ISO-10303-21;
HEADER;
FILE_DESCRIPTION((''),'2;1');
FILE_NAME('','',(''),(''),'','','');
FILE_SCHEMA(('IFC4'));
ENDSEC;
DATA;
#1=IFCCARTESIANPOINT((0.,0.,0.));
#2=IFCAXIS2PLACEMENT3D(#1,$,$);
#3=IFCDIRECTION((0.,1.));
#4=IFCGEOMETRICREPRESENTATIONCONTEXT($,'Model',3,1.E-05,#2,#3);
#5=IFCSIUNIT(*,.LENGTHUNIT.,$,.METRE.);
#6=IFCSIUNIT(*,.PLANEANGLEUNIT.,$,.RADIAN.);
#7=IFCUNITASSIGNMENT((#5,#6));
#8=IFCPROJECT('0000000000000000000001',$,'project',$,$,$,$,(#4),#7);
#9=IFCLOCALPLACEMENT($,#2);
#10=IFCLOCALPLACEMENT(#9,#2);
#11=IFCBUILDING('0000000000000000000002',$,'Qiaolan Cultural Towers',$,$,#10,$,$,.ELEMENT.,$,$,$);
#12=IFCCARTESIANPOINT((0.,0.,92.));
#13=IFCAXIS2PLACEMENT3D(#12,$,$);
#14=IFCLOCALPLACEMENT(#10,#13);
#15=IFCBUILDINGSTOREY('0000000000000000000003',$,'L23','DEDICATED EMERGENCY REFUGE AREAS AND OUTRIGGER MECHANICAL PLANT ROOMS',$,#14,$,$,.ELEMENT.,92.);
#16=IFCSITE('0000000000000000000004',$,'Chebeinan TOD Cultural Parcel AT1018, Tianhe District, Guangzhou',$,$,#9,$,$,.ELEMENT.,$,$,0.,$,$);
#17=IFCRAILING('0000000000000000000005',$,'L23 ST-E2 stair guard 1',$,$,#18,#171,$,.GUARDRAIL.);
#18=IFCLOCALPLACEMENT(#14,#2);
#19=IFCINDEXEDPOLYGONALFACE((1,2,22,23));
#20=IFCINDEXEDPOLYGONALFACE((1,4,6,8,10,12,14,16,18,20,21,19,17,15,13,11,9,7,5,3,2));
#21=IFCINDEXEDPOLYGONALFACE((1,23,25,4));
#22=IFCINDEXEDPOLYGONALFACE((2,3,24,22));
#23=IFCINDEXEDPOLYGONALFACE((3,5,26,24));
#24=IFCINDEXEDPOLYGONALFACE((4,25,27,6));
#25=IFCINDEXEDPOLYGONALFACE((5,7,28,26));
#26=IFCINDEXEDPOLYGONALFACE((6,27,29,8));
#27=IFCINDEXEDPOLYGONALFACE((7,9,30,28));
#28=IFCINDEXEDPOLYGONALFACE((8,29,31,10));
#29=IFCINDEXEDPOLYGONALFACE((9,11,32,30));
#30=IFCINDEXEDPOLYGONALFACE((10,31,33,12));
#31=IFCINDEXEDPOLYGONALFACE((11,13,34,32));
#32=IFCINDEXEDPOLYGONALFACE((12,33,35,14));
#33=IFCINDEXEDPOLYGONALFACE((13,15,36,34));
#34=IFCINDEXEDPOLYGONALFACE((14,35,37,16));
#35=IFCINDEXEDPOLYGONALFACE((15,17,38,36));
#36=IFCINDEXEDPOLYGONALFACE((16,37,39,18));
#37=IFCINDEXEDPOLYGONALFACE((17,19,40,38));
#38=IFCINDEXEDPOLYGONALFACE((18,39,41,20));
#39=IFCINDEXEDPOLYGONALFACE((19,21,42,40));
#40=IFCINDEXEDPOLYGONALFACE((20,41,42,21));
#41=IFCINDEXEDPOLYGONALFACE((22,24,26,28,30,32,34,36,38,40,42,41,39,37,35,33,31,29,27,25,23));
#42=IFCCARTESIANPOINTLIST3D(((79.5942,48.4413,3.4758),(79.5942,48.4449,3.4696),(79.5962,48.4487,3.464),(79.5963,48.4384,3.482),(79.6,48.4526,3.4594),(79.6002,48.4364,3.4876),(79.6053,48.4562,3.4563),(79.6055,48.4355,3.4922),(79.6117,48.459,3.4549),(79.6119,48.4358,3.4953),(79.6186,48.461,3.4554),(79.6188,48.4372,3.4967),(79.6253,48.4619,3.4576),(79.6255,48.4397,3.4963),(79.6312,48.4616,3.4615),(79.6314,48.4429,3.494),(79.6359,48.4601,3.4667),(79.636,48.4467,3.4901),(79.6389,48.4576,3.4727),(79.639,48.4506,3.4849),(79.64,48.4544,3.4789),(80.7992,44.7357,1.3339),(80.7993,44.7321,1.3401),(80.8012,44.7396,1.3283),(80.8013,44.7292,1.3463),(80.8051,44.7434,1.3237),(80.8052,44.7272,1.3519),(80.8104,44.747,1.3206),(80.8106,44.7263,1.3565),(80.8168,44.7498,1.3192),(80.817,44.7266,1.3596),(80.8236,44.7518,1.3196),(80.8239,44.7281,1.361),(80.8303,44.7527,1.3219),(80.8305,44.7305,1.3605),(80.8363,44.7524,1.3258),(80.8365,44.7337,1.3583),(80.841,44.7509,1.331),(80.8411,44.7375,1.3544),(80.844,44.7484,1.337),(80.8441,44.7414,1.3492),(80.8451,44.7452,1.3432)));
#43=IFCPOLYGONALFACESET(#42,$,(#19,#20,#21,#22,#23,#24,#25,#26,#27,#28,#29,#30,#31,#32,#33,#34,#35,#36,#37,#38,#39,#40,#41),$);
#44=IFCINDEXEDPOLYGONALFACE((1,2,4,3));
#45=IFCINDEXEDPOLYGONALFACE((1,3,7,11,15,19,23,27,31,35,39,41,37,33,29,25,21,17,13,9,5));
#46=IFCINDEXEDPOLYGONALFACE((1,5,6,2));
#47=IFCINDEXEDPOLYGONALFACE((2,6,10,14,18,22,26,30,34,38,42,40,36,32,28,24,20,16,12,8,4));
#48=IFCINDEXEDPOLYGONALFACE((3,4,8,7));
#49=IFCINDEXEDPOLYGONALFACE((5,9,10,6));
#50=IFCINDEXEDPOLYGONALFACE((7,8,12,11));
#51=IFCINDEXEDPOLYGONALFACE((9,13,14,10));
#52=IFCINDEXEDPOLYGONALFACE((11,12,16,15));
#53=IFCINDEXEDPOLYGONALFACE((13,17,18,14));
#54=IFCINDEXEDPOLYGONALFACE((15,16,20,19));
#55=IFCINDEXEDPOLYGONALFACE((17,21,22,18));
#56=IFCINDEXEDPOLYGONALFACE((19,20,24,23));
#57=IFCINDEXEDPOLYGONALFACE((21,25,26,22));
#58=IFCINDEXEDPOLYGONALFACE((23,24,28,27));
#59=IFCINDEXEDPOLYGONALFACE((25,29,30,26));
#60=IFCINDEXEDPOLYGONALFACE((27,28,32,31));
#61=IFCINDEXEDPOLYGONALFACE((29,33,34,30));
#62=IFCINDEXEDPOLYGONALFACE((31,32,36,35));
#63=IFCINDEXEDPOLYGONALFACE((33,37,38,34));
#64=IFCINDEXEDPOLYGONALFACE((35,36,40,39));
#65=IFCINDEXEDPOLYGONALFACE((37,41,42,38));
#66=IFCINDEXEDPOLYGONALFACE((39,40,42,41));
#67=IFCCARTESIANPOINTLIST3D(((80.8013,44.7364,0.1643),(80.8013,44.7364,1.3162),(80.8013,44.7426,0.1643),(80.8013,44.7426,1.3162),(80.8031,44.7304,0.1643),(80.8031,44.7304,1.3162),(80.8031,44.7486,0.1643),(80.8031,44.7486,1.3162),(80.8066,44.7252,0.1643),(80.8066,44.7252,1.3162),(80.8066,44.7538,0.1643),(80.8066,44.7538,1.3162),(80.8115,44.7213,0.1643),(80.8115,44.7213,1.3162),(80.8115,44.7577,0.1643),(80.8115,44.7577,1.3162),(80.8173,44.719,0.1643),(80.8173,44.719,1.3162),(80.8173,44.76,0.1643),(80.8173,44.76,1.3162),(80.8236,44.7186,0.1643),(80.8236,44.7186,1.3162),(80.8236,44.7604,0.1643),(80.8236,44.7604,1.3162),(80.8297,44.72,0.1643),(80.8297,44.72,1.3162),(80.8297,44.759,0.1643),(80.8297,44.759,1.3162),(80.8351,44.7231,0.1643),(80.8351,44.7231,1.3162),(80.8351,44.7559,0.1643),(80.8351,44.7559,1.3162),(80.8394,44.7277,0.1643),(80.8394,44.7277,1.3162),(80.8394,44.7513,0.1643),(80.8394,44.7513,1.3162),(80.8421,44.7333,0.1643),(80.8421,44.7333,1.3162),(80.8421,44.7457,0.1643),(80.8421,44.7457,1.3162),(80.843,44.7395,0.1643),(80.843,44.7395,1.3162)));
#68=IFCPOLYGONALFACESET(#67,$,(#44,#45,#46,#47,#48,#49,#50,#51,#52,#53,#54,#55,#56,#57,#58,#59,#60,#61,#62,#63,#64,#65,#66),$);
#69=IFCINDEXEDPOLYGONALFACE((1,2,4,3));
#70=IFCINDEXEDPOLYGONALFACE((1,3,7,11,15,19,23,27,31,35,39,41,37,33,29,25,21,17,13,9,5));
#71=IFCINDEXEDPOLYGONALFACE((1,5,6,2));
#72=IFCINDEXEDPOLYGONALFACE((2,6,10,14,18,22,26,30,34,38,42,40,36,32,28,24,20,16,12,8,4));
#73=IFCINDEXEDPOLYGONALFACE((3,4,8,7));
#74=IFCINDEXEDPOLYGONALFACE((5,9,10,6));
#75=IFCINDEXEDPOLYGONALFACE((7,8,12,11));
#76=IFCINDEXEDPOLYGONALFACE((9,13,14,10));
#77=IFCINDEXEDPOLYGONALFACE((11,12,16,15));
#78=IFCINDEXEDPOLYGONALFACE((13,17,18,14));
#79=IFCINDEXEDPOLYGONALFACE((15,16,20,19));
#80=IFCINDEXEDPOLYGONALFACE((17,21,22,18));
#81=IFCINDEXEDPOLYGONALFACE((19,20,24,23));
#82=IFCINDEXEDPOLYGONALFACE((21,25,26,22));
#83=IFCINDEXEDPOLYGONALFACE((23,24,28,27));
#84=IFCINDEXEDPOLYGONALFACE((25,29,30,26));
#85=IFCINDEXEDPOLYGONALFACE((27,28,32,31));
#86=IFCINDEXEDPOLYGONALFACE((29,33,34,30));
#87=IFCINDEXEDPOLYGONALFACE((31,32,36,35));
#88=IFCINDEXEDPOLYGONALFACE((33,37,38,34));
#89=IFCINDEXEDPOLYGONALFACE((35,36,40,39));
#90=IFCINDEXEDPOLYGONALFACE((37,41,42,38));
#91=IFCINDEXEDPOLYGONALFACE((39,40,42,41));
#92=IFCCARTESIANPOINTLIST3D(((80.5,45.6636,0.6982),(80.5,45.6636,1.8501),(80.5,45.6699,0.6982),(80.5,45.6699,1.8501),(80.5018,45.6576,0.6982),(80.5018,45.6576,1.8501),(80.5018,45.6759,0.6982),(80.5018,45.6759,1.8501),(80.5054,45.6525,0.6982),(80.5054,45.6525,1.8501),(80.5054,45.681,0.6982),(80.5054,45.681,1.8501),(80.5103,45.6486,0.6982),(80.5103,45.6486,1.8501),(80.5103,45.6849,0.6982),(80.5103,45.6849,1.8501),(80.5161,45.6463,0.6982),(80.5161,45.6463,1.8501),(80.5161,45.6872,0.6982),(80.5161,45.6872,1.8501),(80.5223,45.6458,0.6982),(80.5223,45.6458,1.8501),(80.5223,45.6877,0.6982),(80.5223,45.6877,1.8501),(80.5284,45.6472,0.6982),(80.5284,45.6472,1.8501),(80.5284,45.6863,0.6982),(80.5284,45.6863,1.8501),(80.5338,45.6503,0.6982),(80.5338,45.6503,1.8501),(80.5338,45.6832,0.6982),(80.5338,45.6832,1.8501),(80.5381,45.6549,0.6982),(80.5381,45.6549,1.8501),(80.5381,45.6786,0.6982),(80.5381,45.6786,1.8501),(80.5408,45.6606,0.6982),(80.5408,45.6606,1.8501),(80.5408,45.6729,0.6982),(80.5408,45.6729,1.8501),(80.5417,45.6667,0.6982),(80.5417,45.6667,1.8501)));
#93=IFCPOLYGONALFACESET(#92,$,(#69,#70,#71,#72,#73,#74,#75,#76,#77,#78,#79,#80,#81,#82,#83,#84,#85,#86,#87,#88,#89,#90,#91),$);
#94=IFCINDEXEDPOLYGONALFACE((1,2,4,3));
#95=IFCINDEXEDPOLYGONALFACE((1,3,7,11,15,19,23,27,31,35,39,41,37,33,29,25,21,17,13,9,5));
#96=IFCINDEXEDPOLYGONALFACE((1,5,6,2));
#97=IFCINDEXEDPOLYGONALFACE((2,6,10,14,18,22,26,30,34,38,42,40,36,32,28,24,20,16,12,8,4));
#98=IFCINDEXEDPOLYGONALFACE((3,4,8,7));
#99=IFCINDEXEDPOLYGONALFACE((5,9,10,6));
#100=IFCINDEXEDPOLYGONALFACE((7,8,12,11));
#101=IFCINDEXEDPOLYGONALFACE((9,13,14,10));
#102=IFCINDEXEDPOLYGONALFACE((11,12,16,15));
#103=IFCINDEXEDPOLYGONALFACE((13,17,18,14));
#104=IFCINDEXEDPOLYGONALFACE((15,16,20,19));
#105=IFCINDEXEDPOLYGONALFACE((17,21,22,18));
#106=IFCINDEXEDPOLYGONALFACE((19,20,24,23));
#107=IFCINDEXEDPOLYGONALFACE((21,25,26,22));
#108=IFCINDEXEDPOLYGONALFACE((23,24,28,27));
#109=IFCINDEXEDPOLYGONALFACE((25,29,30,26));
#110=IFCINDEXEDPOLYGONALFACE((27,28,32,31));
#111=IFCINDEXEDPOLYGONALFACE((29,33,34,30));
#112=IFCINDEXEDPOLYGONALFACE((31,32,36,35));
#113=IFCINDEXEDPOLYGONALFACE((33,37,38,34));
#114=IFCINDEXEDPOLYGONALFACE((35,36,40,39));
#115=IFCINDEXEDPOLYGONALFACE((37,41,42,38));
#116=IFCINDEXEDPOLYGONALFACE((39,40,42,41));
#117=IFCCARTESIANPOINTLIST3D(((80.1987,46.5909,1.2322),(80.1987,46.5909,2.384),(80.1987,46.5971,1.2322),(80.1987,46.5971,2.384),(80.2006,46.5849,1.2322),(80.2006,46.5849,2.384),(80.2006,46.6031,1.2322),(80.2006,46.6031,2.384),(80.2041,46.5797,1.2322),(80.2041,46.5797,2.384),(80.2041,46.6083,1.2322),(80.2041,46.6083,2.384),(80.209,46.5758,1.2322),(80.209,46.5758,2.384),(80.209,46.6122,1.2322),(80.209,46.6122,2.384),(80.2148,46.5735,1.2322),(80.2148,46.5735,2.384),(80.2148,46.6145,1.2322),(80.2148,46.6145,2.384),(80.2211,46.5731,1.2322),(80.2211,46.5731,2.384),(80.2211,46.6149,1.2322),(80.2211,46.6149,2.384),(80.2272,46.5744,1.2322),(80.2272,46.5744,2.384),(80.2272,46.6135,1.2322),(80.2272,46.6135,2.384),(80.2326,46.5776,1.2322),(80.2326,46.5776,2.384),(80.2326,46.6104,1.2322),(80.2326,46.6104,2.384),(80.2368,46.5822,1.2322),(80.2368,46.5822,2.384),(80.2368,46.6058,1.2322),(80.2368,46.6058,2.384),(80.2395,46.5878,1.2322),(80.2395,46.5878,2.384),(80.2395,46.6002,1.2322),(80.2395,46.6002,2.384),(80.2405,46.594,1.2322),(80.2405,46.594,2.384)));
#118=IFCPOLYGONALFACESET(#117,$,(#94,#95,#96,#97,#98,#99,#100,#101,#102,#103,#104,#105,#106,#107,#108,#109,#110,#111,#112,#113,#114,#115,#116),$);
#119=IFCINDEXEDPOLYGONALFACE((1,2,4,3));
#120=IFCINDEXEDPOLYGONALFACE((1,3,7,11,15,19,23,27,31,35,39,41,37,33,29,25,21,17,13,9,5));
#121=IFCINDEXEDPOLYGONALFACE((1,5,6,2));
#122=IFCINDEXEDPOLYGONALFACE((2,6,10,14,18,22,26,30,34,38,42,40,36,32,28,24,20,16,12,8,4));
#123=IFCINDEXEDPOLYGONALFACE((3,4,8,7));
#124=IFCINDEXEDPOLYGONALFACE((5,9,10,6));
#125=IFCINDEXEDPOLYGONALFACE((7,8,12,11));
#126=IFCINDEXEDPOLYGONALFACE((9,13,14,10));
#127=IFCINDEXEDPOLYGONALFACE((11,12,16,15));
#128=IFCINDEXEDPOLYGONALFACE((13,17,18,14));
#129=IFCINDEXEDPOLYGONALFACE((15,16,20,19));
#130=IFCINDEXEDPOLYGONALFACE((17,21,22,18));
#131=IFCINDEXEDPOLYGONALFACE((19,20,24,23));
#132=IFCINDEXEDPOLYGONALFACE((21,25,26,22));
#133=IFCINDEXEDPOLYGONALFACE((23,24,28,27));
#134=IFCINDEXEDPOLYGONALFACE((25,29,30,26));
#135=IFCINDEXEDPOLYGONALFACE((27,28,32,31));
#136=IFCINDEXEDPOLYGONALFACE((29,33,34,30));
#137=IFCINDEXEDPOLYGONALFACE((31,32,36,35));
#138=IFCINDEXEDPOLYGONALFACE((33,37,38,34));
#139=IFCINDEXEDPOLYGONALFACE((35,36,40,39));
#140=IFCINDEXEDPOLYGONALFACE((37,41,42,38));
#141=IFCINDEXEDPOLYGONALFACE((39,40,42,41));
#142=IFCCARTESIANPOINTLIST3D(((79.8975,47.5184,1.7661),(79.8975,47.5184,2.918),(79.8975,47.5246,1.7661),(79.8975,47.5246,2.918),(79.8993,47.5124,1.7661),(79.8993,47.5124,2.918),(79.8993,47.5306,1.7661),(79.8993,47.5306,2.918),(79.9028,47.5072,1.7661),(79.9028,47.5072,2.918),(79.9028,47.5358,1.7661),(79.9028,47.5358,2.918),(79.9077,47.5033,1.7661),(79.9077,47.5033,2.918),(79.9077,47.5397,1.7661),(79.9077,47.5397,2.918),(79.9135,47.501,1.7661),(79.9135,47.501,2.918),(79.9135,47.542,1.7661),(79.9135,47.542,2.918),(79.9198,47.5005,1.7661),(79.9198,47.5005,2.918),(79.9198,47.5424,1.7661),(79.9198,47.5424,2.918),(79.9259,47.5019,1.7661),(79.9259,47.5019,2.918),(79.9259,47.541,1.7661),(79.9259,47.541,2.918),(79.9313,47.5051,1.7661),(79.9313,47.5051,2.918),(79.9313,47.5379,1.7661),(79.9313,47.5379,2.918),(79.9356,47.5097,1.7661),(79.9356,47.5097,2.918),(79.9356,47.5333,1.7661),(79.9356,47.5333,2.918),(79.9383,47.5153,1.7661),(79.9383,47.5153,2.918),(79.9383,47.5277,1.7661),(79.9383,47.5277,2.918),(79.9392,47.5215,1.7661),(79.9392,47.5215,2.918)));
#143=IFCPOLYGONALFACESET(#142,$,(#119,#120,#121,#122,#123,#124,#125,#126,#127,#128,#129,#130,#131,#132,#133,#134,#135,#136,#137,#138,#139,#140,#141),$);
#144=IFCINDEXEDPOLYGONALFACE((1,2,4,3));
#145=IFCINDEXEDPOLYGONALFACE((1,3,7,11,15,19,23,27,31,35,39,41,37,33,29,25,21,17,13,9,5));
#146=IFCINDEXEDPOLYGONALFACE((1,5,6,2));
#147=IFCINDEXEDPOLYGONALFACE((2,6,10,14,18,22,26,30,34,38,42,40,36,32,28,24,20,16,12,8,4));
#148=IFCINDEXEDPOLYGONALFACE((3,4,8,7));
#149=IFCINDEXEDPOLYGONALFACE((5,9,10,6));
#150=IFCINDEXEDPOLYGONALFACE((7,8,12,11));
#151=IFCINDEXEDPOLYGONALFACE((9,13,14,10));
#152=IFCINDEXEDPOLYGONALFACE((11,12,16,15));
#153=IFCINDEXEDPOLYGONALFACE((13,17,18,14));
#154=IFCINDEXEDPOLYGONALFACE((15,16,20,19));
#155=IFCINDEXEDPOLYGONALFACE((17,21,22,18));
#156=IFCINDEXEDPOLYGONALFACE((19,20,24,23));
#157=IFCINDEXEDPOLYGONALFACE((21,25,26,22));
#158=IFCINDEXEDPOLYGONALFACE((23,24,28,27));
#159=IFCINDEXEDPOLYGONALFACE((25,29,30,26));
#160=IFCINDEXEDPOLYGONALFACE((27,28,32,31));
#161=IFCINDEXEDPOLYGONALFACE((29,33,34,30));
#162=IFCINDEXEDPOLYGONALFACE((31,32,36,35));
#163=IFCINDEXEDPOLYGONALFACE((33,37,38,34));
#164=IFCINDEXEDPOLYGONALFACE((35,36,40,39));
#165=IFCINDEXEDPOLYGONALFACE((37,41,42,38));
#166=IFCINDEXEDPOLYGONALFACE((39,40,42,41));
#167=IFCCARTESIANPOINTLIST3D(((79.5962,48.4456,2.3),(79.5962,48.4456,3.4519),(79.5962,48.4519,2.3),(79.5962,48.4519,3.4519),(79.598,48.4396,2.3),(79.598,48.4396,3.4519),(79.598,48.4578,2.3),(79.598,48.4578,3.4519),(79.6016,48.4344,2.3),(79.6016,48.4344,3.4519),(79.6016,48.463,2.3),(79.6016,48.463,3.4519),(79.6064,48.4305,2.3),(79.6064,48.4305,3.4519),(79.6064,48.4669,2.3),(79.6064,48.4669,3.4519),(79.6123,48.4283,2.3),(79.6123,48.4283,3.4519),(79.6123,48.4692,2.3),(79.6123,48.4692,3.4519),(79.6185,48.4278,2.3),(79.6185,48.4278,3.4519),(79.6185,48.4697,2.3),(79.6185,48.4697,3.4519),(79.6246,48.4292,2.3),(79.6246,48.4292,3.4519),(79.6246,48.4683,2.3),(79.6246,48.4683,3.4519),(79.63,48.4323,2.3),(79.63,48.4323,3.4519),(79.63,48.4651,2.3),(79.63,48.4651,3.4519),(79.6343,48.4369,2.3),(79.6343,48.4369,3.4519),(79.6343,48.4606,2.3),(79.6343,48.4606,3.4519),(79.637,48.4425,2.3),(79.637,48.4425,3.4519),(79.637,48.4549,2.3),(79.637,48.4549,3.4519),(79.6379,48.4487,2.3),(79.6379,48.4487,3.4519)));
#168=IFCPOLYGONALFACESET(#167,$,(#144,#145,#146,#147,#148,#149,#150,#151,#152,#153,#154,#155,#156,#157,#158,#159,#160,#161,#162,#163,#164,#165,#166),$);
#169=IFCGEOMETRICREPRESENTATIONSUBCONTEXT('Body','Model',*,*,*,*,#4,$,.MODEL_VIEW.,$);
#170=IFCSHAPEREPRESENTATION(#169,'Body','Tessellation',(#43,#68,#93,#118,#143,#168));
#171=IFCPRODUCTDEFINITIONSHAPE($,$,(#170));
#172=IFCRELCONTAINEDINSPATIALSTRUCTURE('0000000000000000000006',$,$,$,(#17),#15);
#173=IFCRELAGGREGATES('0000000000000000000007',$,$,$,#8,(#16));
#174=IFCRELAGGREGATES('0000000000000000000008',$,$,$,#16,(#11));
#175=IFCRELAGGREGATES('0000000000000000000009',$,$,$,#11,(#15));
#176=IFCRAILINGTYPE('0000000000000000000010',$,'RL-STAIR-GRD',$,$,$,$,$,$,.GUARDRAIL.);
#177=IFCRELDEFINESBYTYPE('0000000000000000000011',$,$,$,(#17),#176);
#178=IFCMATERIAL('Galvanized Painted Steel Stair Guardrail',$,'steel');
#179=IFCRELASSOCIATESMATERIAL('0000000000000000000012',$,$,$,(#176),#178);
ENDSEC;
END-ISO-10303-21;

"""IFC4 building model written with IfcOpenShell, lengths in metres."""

from ifc_helpers import new_model, si_unit, direction, frame, origin, origin_2d, place, context, subcontext, project, spatial, circle, extrude, material, type_object, element, save


model = new_model("IFC4")

# Units and contexts
model_context = context("Model", 3, precision=1e-05, world=origin(), true_north=direction((0.0, 1.0)))
body_context = subcontext(model_context, "Body", "Model", "MODEL_VIEW")
ifc_project = project(units=[si_unit("LENGTHUNIT", "METRE"), si_unit("PLANEANGLEUNIT", "RADIAN")], contexts=[model_context])

# Site, building, storey
site_placement = place(None, origin())
site = spatial("IfcSite", under=ifc_project, at=site_placement, Name="Chebeinan TOD Cultural Parcel AT1018, Tianhe District, Guangzhou", CompositionType="ELEMENT", RefElevation=0.0)
building_placement = place(site_placement, origin())
building = spatial("IfcBuilding", under=site, at=building_placement, Name="Qiaolan Cultural Towers", CompositionType="ELEMENT")
storey_placement = place(building_placement, frame((0.0, 0.0, 92.0)))
storey = spatial("IfcBuildingStorey", under=building, at=storey_placement, Name="L23", Description="DEDICATED EMERGENCY REFUGE AREAS AND OUTRIGGER MECHANICAL PLANT ROOMS", CompositionType="ELEMENT", Elevation=92.0)

# Railing
ifc_material_1 = material(Name="Galvanized Painted Steel Stair Guardrail", Category="steel")
railing_type_1 = type_object("IfcRailingType", Name="RL-STAIR-GRD", PredefinedType="GUARDRAIL", material=ifc_material_1)
railing_1_placement = place(storey_placement, frame((80.822, 44.7395, 0.1643)))
element("IfcRailing", 1, at=railing_1_placement, inside=storey, type_object=railing_type_1, Name="L23 ST-E2 stair guard 1", PredefinedType="GUARDRAIL", context=body_context, shape_type="SweptSolid", body=[
    extrude(circle(Radius=0.0239, at=origin_2d()), frame((0.0, 0.0, 1.1758), z_axis=(-0.271013, 0.834177, 0.480312), x_axis=(-0.951066, -0.308988, 0.0)), (0.0, 0.0, 1.0), 4.4465),
    extrude(circle(Radius=0.021, at=origin_2d()), origin(), (0.0, 0.0, 1.0), 1.1519),
    extrude(circle(Radius=0.021, at=origin_2d()), frame((-0.3013, 0.9272, 0.5339)), (0.0, 0.0, 1.0), 1.1519),
    extrude(circle(Radius=0.021, at=origin_2d()), frame((-0.6025, 1.8545, 1.0679)), (0.0, 0.0, 1.0), 1.1519),
    extrude(circle(Radius=0.021, at=origin_2d()), frame((-0.9038, 2.782, 1.6018)), (0.0, 0.0, 1.0), 1.1519),
    extrude(circle(Radius=0.021, at=origin_2d()), frame((-1.2051, 3.7092, 2.1357)), (0.0, 0.0, 1.0), 1.1519),
])

save(model, "model.ifc")
